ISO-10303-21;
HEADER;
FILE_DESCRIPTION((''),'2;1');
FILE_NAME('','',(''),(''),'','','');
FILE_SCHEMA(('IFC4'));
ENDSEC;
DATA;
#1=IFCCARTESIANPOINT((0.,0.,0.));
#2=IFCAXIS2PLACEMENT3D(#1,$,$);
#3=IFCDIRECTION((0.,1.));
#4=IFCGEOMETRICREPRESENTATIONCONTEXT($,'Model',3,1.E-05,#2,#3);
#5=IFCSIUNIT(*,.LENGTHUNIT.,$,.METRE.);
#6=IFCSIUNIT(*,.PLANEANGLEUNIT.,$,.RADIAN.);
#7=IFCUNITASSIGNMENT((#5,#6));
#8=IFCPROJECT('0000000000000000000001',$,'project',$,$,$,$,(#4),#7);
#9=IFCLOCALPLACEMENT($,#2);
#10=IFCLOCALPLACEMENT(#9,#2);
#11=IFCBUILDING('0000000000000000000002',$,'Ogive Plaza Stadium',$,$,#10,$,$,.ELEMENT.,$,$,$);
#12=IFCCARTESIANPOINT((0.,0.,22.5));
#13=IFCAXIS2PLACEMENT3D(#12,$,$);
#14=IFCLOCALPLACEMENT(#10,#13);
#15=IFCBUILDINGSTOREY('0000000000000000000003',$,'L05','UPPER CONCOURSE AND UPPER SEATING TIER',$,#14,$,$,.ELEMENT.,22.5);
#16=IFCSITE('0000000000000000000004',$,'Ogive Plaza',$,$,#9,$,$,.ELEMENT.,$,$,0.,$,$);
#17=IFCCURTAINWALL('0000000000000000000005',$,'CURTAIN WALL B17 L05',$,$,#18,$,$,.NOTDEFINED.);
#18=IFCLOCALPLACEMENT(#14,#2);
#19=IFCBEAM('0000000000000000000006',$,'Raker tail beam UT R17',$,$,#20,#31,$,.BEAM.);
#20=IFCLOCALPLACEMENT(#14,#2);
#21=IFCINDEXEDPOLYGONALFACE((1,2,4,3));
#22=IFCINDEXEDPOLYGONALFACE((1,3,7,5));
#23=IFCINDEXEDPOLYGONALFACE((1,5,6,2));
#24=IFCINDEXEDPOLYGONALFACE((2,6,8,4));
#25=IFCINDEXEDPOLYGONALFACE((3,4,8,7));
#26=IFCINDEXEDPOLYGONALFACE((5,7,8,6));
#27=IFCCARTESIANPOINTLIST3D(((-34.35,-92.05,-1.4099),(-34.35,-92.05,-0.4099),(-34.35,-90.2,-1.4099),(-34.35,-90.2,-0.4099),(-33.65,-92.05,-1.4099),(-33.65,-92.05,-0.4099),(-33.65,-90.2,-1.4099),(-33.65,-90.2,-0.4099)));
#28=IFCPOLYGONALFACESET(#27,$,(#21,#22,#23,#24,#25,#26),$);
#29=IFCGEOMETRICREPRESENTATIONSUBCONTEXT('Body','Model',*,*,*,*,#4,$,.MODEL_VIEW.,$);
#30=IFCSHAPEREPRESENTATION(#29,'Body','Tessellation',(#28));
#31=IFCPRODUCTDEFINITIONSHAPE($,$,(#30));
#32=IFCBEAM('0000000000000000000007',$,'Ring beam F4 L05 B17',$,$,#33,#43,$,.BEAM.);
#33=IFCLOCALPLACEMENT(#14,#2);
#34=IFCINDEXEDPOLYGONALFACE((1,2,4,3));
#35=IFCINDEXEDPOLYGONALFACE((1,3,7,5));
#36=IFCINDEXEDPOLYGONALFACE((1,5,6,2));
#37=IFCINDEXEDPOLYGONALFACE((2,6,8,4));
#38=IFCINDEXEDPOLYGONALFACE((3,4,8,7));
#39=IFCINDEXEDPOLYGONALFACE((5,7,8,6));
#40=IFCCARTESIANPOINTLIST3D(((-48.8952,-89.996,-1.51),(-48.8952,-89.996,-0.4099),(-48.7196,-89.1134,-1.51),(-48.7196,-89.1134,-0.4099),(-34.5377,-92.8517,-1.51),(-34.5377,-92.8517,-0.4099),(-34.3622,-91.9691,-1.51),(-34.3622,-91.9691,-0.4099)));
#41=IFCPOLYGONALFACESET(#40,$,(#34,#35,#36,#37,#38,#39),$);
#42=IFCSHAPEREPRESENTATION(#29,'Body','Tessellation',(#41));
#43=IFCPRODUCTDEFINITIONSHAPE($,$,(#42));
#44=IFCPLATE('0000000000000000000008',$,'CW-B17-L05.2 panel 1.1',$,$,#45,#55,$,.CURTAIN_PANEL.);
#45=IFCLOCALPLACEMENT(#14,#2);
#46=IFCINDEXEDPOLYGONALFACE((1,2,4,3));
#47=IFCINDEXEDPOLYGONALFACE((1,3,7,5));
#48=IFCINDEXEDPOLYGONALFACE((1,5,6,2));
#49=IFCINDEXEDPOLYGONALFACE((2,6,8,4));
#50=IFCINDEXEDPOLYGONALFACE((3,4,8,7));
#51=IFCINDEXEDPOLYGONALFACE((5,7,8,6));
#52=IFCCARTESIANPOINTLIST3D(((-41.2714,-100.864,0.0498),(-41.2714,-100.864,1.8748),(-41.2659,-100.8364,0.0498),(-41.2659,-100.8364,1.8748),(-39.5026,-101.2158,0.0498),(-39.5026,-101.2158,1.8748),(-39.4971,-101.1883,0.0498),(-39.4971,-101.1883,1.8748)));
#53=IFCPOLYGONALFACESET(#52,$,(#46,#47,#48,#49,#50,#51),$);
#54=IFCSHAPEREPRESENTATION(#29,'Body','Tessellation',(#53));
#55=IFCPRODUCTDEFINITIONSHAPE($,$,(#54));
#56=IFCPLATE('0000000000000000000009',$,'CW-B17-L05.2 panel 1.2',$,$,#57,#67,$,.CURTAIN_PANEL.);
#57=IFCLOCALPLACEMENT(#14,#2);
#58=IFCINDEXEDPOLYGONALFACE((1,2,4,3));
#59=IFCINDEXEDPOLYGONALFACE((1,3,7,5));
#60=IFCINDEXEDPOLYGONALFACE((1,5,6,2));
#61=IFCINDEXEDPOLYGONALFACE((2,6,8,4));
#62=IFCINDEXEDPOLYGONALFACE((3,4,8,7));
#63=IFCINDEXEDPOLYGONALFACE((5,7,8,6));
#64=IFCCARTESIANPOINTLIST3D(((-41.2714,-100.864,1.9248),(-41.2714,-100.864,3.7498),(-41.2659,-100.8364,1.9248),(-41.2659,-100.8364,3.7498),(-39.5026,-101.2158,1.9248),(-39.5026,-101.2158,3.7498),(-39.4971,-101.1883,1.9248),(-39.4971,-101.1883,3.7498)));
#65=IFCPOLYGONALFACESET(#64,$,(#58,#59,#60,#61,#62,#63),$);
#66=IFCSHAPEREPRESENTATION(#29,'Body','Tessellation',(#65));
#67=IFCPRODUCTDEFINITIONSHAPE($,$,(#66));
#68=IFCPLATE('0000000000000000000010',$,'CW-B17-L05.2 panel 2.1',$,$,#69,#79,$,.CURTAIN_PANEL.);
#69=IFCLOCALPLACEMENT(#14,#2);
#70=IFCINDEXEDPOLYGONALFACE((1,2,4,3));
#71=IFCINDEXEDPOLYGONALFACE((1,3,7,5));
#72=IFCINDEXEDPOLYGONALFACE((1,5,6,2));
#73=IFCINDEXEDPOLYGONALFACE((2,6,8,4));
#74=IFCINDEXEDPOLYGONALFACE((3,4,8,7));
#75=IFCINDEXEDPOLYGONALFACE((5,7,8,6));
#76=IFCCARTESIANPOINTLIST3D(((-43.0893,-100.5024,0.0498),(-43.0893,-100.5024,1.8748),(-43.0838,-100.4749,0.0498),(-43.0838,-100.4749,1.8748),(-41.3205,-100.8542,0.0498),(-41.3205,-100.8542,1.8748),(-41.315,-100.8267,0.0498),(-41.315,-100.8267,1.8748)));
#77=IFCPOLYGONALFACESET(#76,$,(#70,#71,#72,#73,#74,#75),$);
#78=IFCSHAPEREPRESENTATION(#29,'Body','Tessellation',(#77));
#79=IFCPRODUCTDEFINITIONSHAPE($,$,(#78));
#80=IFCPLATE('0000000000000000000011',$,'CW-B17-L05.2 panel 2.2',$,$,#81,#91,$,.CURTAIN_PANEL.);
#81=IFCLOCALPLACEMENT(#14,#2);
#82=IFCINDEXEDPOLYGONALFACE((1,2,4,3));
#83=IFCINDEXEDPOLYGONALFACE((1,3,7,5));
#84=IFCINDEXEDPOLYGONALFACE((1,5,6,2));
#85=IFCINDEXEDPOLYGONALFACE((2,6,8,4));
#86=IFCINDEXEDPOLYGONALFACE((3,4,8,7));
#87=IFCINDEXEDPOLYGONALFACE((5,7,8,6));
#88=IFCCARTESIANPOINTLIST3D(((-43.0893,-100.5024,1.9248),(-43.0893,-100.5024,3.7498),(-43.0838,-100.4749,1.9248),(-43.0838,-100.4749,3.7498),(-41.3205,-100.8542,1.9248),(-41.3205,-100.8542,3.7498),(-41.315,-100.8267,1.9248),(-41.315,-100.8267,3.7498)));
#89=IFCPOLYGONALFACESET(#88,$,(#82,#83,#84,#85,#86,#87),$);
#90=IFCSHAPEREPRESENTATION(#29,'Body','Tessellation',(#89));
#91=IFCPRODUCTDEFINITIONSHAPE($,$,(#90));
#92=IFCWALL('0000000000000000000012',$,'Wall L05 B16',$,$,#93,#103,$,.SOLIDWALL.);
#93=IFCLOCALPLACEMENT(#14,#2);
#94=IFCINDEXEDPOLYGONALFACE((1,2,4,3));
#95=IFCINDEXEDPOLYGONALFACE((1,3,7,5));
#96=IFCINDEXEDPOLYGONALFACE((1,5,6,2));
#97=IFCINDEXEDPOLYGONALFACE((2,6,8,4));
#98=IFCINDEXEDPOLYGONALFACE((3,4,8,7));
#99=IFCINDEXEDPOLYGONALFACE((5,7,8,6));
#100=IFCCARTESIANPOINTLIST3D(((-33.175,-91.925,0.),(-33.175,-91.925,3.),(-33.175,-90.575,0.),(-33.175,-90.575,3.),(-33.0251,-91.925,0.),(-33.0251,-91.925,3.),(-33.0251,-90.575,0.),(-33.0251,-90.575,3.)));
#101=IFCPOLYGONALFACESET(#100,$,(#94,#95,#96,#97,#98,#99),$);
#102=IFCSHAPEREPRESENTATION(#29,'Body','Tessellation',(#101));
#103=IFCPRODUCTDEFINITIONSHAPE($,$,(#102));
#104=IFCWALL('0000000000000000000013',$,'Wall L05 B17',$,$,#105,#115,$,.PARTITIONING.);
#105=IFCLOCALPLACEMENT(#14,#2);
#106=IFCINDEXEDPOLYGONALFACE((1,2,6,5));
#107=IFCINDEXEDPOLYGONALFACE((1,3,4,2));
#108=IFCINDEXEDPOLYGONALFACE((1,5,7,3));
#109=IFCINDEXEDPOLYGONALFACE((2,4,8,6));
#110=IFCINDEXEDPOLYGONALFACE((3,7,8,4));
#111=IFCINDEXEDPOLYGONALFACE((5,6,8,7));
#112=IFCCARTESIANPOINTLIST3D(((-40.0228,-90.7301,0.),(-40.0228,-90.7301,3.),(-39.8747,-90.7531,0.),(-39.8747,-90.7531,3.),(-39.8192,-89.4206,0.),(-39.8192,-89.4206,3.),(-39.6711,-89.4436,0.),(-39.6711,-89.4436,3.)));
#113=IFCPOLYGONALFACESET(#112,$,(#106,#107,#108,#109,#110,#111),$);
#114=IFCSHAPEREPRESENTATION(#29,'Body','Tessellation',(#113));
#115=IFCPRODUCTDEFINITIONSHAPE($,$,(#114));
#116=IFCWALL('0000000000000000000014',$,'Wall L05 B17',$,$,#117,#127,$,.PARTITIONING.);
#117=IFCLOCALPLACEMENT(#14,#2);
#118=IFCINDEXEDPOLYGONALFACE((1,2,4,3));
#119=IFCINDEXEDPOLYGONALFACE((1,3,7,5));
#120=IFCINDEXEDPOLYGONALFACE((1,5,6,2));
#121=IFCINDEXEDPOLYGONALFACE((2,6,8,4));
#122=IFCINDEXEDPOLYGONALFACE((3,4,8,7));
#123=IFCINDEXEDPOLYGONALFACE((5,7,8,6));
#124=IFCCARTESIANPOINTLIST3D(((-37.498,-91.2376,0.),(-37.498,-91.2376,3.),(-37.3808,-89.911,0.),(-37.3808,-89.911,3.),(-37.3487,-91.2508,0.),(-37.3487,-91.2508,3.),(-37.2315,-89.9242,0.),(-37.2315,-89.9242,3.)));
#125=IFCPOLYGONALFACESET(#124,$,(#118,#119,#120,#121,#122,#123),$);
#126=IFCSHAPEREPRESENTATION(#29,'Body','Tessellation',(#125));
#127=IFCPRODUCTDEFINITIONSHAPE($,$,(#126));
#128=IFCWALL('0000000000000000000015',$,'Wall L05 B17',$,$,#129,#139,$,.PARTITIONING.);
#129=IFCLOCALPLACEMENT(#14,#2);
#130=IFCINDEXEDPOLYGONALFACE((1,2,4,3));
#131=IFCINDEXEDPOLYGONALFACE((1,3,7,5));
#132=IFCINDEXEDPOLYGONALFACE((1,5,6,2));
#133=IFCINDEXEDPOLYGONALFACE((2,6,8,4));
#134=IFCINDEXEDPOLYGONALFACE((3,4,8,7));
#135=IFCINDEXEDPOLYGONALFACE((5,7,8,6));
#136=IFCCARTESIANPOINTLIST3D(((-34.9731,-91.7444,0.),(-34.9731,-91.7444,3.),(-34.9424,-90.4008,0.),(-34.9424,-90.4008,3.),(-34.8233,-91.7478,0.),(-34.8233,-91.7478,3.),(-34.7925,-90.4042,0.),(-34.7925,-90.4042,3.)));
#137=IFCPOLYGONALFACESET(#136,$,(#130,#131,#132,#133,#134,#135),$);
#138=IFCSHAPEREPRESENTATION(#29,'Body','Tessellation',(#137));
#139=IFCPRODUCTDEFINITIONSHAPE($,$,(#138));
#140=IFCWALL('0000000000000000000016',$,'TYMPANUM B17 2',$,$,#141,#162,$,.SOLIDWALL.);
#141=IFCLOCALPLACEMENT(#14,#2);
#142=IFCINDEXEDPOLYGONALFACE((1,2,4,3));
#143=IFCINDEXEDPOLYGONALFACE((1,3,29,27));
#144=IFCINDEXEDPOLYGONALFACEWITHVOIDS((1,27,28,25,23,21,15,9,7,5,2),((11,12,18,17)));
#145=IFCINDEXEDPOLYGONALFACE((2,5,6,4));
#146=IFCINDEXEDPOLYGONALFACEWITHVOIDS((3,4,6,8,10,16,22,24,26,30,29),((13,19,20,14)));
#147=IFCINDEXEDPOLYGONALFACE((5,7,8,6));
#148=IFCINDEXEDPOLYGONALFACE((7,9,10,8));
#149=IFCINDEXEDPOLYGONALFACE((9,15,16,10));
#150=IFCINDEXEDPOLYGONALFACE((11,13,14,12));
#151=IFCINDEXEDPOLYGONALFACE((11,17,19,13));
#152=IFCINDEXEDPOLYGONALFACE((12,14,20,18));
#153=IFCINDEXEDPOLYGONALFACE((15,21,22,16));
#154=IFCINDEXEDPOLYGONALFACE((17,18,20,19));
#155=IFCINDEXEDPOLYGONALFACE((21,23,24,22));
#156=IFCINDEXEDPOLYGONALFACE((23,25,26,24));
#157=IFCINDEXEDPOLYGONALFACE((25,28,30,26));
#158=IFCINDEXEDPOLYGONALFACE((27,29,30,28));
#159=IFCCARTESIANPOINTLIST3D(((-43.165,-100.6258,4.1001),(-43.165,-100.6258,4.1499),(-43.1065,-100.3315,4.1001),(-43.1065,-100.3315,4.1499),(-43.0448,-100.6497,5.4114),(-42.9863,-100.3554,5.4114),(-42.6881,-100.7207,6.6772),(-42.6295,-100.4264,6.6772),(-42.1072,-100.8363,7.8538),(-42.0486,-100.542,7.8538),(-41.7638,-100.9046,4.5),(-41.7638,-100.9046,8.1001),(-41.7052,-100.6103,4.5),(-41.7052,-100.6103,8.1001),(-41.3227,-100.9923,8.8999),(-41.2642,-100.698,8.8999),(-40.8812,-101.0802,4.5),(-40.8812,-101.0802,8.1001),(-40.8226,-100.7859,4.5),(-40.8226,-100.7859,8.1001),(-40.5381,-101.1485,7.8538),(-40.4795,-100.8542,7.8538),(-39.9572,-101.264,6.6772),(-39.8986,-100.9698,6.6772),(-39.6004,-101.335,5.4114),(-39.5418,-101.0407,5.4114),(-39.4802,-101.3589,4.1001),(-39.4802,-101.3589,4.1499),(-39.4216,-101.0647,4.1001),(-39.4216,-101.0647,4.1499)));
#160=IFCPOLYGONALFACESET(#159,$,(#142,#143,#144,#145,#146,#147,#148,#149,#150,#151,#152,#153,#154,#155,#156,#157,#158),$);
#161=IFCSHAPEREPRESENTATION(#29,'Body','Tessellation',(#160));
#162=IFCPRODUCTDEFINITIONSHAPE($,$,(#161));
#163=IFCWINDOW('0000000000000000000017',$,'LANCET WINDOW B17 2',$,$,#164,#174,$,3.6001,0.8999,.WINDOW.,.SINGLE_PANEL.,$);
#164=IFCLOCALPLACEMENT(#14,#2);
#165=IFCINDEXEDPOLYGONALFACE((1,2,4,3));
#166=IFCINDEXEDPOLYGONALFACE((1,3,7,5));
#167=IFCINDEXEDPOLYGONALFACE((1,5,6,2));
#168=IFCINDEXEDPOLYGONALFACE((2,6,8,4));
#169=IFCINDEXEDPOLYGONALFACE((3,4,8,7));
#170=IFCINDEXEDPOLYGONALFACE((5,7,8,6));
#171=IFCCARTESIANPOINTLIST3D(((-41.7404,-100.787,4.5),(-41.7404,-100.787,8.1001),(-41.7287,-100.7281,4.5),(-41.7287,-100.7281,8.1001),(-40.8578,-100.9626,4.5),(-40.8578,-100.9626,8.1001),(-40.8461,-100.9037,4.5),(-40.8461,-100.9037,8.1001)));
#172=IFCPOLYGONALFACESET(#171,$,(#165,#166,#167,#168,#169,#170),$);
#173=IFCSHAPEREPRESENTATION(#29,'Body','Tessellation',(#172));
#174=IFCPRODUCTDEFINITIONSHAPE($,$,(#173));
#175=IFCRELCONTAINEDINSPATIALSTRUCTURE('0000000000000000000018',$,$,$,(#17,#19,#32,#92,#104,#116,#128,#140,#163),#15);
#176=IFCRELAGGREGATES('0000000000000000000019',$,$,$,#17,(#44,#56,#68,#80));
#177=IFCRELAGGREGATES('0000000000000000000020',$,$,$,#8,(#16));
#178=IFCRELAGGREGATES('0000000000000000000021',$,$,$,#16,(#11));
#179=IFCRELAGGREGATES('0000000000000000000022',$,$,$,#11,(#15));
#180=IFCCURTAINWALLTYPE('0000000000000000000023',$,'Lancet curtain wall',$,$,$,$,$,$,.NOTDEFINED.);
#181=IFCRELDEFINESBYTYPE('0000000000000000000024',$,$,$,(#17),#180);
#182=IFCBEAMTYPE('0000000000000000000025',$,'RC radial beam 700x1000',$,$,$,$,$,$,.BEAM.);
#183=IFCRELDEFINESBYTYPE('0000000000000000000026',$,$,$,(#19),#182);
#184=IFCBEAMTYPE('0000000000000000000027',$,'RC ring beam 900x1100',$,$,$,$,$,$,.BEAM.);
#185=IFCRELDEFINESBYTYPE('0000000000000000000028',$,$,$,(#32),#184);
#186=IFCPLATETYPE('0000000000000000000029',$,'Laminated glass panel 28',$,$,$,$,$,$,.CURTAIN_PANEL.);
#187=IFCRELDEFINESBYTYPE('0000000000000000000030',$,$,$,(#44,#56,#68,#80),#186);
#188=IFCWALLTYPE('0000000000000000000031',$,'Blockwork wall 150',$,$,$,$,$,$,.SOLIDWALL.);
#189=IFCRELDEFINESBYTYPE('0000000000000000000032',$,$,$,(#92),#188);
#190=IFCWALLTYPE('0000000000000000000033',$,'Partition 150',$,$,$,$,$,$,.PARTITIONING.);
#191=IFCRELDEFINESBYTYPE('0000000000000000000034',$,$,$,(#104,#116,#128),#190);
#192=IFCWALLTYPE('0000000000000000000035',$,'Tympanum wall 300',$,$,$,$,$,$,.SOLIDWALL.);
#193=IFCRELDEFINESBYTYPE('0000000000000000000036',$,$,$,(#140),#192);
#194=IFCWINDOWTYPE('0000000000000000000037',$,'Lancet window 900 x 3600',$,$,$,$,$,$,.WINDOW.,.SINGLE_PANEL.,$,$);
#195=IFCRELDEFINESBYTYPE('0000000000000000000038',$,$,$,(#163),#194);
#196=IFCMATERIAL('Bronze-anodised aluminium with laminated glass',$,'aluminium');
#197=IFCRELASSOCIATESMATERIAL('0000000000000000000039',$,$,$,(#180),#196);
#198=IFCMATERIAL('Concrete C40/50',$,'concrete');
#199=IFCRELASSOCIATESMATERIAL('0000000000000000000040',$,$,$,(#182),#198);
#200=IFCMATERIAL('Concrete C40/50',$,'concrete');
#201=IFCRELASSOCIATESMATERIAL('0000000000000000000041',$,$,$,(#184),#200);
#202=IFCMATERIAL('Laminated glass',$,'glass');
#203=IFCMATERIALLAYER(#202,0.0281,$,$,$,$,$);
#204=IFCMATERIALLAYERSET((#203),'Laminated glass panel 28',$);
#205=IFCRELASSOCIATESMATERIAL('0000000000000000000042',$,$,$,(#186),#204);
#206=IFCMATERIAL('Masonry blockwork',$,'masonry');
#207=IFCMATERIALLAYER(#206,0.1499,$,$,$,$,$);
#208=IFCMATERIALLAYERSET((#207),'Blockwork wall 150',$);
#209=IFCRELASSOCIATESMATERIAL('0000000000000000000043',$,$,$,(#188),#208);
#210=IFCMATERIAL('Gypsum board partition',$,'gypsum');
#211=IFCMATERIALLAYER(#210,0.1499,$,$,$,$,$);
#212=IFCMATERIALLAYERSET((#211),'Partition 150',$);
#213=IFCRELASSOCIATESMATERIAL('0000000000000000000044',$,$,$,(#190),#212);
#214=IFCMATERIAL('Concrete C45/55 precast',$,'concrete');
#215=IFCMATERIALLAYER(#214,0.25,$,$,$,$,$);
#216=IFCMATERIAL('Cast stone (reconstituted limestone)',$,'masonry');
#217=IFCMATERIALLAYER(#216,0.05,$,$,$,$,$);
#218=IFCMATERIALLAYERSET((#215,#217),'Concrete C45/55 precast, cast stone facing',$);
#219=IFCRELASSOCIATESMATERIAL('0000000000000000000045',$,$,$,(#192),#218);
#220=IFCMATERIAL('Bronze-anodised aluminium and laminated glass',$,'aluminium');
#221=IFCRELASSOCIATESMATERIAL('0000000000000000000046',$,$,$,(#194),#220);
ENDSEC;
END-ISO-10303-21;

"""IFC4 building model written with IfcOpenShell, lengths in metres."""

from ifc_helpers import new_model, si_unit, direction, frame, frame_2d, origin, origin_2d, place, context, subcontext, project, spatial, polyline, rectangle, outline, extrude, material, layer, layer_set, material_profile, profile_set, type_object, element, fill, aggregate, save


model = new_model("IFC4")

# Units and contexts
model_context = context("Model", 3, precision=1e-05, world=origin(), true_north=direction((0.0, 1.0)))
body_context = subcontext(model_context, "Body", "Model", "MODEL_VIEW")
ifc_project = project(units=[si_unit("LENGTHUNIT", "METRE"), si_unit("PLANEANGLEUNIT", "RADIAN")], contexts=[model_context])

# Site, building, storey
site_placement = place(None, origin())
site = spatial("IfcSite", under=ifc_project, at=site_placement, Name="Ogive Plaza", CompositionType="ELEMENT", RefElevation=0.0)
building_placement = place(site_placement, origin())
building = spatial("IfcBuilding", under=site, at=building_placement, Name="Ogive Plaza Stadium", CompositionType="ELEMENT")
storey_placement = place(building_placement, frame((0.0, 0.0, 22.5)))
storey = spatial("IfcBuildingStorey", under=building, at=storey_placement, Name="L05", Description="UPPER CONCOURSE AND UPPER SEATING TIER", CompositionType="ELEMENT", Elevation=22.5)

# Shared definitions
ifc_material_1 = material(Name="Bronze-anodised aluminium with laminated glass", Category="aluminium")
curtain_wall_type = type_object("IfcCurtainWallType", Name="Lancet curtain wall", PredefinedType="NOTDEFINED", material=ifc_material_1)

# Curtain wall
curtain_wall_1_placement = place(storey_placement, origin())
curtain_wall_1 = element("IfcCurtainWall", 1, at=curtain_wall_1_placement, inside=storey, type_object=curtain_wall_type, Name="CURTAIN WALL B17 L05", PredefinedType="NOTDEFINED")

# Beams
ifc_material_2 = material(Name="Concrete C40/50", Category="concrete")
ifc_material_profile_1 = material_profile(ifc_material_2, rectangle(XDim=0.7, YDim=1.0, at=origin_2d()), Name="RC 700x1000")
ifc_profile_set_1 = profile_set([ifc_material_profile_1], Name="Concrete C40/50")
beam_type_1 = type_object("IfcBeamType", Name="RC radial beam 700x1000", PredefinedType="BEAM", material=ifc_profile_set_1)
beam_1_placement = place(storey_placement, frame((-34.0, -90.2, -0.9099), z_axis=(0.0, -1.0, 0.0), x_axis=(1.0, 0.0, 0.0)))
element("IfcBeam", 2, at=beam_1_placement, inside=storey, type_object=beam_type_1, Name="Raker tail beam UT R17", PredefinedType="BEAM", context=body_context, shape_type="SweptSolid", body=[
    extrude(rectangle(XDim=0.7, YDim=1.0, at=origin_2d()), origin(), (0.0, 0.0, 1.0), 1.8501),
])
ifc_material_3 = material(Name="Concrete C40/50", Category="concrete")
ifc_material_profile_2 = material_profile(ifc_material_3, rectangle(XDim=0.8999, YDim=1.1001, at=origin_2d()), Name="RC 900x1100")
ifc_profile_set_2 = profile_set([ifc_material_profile_2], Name="Concrete C40/50")
beam_type_2 = type_object("IfcBeamType", Name="RC ring beam 900x1100", PredefinedType="BEAM", material=ifc_profile_set_2)
beam_2_placement = place(storey_placement, frame((-34.45, -92.4104, -0.96), z_axis=(-0.980787, 0.19508, 0.0), x_axis=(-0.19508, -0.980787, 0.0)))
element("IfcBeam", 3, at=beam_2_placement, inside=storey, type_object=beam_type_2, Name="Ring beam F4 L05 B17", PredefinedType="BEAM", context=body_context, shape_type="SweptSolid", body=[
    extrude(rectangle(XDim=0.8999, YDim=1.1001, at=origin_2d()), origin(), (0.0, 0.0, 1.0), 14.6387),
])

# Plates
ifc_material_4 = material(Name="Laminated glass", Category="glass")
ifc_layer_1 = layer(ifc_material_4, 0.0281)
ifc_layer_set_1 = layer_set([ifc_layer_1], Name="Laminated glass panel 28")
plate_type = type_object("IfcPlateType", Name="Laminated glass panel 28", PredefinedType="CURTAIN_PANEL", material=ifc_layer_set_1)
plate_1_placement = place(storey_placement, frame((-40.3843, -101.0261, 0.0498), z_axis=(0.0, 0.0, 1.0), x_axis=(-0.980785, 0.19509, 0.0)))
plate_1 = element("IfcPlate", 4, at=plate_1_placement, type_object=plate_type, Name="CW-B17-L05.2 panel 1.1", PredefinedType="CURTAIN_PANEL", context=body_context, shape_type="SweptSolid", body=[
    extrude(rectangle(XDim=1.8035, YDim=0.0281, at=origin_2d()), origin(), (0.0, 0.0, 1.0), 1.825),
])
plate_2_placement = place(storey_placement, frame((-40.3843, -101.0261, 1.9248), z_axis=(0.0, 0.0, 1.0), x_axis=(-0.980785, 0.19509, 0.0)))
plate_2 = element("IfcPlate", 5, at=plate_2_placement, type_object=plate_type, Name="CW-B17-L05.2 panel 1.2", PredefinedType="CURTAIN_PANEL", context=body_context, shape_type="SweptSolid", body=[
    extrude(rectangle(XDim=1.8035, YDim=0.0281, at=origin_2d()), origin(), (0.0, 0.0, 1.0), 1.825),
])
plate_3_placement = place(storey_placement, frame((-42.2021, -100.6646, 0.0498), z_axis=(0.0, 0.0, 1.0), x_axis=(-0.980785, 0.19509, 0.0)))
plate_3 = element("IfcPlate", 6, at=plate_3_placement, type_object=plate_type, Name="CW-B17-L05.2 panel 2.1", PredefinedType="CURTAIN_PANEL", context=body_context, shape_type="SweptSolid", body=[
    extrude(rectangle(XDim=1.8035, YDim=0.0281, at=origin_2d()), origin(), (0.0, 0.0, 1.0), 1.825),
])
plate_4_placement = place(storey_placement, frame((-42.2021, -100.6646, 1.9248), z_axis=(0.0, 0.0, 1.0), x_axis=(-0.980785, 0.19509, 0.0)))
plate_4 = element("IfcPlate", 7, at=plate_4_placement, type_object=plate_type, Name="CW-B17-L05.2 panel 2.2", PredefinedType="CURTAIN_PANEL", context=body_context, shape_type="SweptSolid", body=[
    extrude(rectangle(XDim=1.8035, YDim=0.0281, at=origin_2d()), origin(), (0.0, 0.0, 1.0), 1.825),
])
aggregate(curtain_wall_1, [plate_1, plate_2, plate_3, plate_4])

# Walls
ifc_material_5 = material(Name="Masonry blockwork", Category="masonry")
ifc_layer_2 = layer(ifc_material_5, 0.1499)
ifc_layer_set_2 = layer_set([ifc_layer_2], Name="Blockwork wall 150")
wall_type_1 = type_object("IfcWallType", Name="Blockwork wall 150", PredefinedType="SOLIDWALL", material=ifc_layer_set_2)
wall_1_placement = place(storey_placement, frame((-33.1001, -90.575, 0.0), z_axis=(0.0, 0.0, 1.0), x_axis=(0.0, -1.0, 0.0)))
element("IfcWall", 8, at=wall_1_placement, inside=storey, type_object=wall_type_1, Name="Wall L05 B16", PredefinedType="SOLIDWALL", context=body_context, shape_type="SweptSolid", body=[
    extrude(rectangle(XDim=1.3501, YDim=0.1499, at=frame_2d((0.675, 0.0))), origin(), (0.0, 0.0, 1.0), 3.0),
])
ifc_material_6 = material(Name="Gypsum board partition", Category="gypsum")
ifc_layer_3 = layer(ifc_material_6, 0.1499)
ifc_layer_set_3 = layer_set([ifc_layer_3], Name="Partition 150")
wall_type_2 = type_object("IfcWallType", Name="Partition 150", PredefinedType="PARTITIONING", material=ifc_layer_set_3)
wall_2_placement = place(storey_placement, frame((-39.7451, -89.4321, 0.0), z_axis=(0.0, 0.0, 1.0), x_axis=(-0.153635, -0.988128, 0.0)))
element("IfcWall", 9, at=wall_2_placement, inside=storey, type_object=wall_type_2, Name="Wall L05 B17", PredefinedType="PARTITIONING", context=body_context, shape_type="SweptSolid", body=[
    extrude(rectangle(XDim=1.3252, YDim=0.1499, at=frame_2d((0.6626, 0.0))), origin(), (0.0, 0.0, 1.0), 3.0),
])
wall_3_placement = place(storey_placement, frame((-37.3062, -89.9175, 0.0), z_axis=(0.0, 0.0, 1.0), x_axis=(-0.08799, -0.996121, 0.0)))
element("IfcWall", 10, at=wall_3_placement, inside=storey, type_object=wall_type_2, Name="Wall L05 B17", PredefinedType="PARTITIONING", context=body_context, shape_type="SweptSolid", body=[
    extrude(rectangle(XDim=1.3318, YDim=0.1499, at=frame_2d((0.666, 0.0))), origin(), (0.0, 0.0, 1.0), 3.0),
])
wall_4_placement = place(storey_placement, frame((-34.8674, -90.4026, 0.0), z_axis=(0.0, 0.0, 1.0), x_axis=(-0.022886, -0.999738, 0.0)))
element("IfcWall", 11, at=wall_4_placement, inside=storey, type_object=wall_type_2, Name="Wall L05 B17", PredefinedType="PARTITIONING", context=body_context, shape_type="SweptSolid", body=[
    extrude(rectangle(XDim=1.344, YDim=0.1499, at=frame_2d((0.6719, 0.0))), origin(), (0.0, 0.0, 1.0), 3.0),
])

# Wall, opening, window
ifc_material_7 = material(Name="Concrete C45/55 precast", Category="concrete")
ifc_layer_4 = layer(ifc_material_7, 0.25)
ifc_material_8 = material(Name="Cast stone (reconstituted limestone)", Category="masonry")
ifc_layer_5 = layer(ifc_material_8, 0.05)
ifc_layer_set_4 = layer_set([ifc_layer_4, ifc_layer_5], Name="Concrete C45/55 precast, cast stone facing")
wall_type_3 = type_object("IfcWallType", Name="Tympanum wall 300", PredefinedType="SOLIDWALL", material=ifc_layer_set_4)
wall_5_placement = place(storey_placement, frame((-39.4509, -101.2119, 4.1001), z_axis=(0.0, 0.0, 1.0), x_axis=(-0.980775, 0.195141, 0.0)))
wall_5 = element("IfcWall", 12, at=wall_5_placement, inside=storey, type_object=wall_type_3, Name="TYMPANUM B17 2", PredefinedType="SOLIDWALL", context=body_context, shape_type="SweptSolid", body=[
    extrude(outline(polyline([(0.0, 0.0), (3.7571, 0.0), (3.7571, 0.0498), (3.6345, 1.3113), (3.2708, 2.5771), (2.6785, 3.7537), (1.8787, 4.7998), (1.0786, 3.7537), (0.4863, 2.5771), (0.1226, 1.3113), (0.0, 0.0498), (0.0, 0.0)])), frame((0.0, 0.1499, 0.0), z_axis=(0.0, -1.0, 0.0), x_axis=(1.0, 0.0, 0.0)), (0.0, 0.0, 1.0), 0.3),
])
opening_placement = place(wall_5_placement, frame((1.4285, 0.0, 0.3999)))
opening = element("IfcOpeningElement", 13, at=opening_placement, cuts=wall_5, PredefinedType="OPENING", context=body_context, shape_type="SweptSolid", body=[
    extrude(rectangle(XDim=0.8999, YDim=3.6001, at=frame_2d((0.45, 1.8))), frame((0.0, 0.1602, 0.0), z_axis=(0.0, -1.0, 0.0), x_axis=(1.0, 0.0, 0.0)), (0.0, 0.0, 1.0), 0.3201),
])
ifc_material_9 = material(Name="Bronze-anodised aluminium and laminated glass", Category="aluminium")
window_type = type_object("IfcWindowType", Name="Lancet window 900 x 3600", PartitioningType="SINGLE_PANEL", PredefinedType="WINDOW", material=ifc_material_9)
window_placement = place(opening_placement, origin())
window = element("IfcWindow", 14, at=window_placement, inside=storey, type_object=window_type, Name="LANCET WINDOW B17 2", OverallHeight=3.6001, OverallWidth=0.8999, PartitioningType="SINGLE_PANEL", PredefinedType="WINDOW", context=body_context, shape_type="SweptSolid", body=[
    extrude(rectangle(XDim=0.8999, YDim=3.6001, at=frame_2d((0.45, 1.8))), frame((0.0, 0.03, 0.0), z_axis=(0.0, -1.0, 0.0), x_axis=(1.0, 0.0, 0.0)), (0.0, 0.0, 1.0), 0.0601),
])
fill(opening, window)

save(model, "model.ifc")
